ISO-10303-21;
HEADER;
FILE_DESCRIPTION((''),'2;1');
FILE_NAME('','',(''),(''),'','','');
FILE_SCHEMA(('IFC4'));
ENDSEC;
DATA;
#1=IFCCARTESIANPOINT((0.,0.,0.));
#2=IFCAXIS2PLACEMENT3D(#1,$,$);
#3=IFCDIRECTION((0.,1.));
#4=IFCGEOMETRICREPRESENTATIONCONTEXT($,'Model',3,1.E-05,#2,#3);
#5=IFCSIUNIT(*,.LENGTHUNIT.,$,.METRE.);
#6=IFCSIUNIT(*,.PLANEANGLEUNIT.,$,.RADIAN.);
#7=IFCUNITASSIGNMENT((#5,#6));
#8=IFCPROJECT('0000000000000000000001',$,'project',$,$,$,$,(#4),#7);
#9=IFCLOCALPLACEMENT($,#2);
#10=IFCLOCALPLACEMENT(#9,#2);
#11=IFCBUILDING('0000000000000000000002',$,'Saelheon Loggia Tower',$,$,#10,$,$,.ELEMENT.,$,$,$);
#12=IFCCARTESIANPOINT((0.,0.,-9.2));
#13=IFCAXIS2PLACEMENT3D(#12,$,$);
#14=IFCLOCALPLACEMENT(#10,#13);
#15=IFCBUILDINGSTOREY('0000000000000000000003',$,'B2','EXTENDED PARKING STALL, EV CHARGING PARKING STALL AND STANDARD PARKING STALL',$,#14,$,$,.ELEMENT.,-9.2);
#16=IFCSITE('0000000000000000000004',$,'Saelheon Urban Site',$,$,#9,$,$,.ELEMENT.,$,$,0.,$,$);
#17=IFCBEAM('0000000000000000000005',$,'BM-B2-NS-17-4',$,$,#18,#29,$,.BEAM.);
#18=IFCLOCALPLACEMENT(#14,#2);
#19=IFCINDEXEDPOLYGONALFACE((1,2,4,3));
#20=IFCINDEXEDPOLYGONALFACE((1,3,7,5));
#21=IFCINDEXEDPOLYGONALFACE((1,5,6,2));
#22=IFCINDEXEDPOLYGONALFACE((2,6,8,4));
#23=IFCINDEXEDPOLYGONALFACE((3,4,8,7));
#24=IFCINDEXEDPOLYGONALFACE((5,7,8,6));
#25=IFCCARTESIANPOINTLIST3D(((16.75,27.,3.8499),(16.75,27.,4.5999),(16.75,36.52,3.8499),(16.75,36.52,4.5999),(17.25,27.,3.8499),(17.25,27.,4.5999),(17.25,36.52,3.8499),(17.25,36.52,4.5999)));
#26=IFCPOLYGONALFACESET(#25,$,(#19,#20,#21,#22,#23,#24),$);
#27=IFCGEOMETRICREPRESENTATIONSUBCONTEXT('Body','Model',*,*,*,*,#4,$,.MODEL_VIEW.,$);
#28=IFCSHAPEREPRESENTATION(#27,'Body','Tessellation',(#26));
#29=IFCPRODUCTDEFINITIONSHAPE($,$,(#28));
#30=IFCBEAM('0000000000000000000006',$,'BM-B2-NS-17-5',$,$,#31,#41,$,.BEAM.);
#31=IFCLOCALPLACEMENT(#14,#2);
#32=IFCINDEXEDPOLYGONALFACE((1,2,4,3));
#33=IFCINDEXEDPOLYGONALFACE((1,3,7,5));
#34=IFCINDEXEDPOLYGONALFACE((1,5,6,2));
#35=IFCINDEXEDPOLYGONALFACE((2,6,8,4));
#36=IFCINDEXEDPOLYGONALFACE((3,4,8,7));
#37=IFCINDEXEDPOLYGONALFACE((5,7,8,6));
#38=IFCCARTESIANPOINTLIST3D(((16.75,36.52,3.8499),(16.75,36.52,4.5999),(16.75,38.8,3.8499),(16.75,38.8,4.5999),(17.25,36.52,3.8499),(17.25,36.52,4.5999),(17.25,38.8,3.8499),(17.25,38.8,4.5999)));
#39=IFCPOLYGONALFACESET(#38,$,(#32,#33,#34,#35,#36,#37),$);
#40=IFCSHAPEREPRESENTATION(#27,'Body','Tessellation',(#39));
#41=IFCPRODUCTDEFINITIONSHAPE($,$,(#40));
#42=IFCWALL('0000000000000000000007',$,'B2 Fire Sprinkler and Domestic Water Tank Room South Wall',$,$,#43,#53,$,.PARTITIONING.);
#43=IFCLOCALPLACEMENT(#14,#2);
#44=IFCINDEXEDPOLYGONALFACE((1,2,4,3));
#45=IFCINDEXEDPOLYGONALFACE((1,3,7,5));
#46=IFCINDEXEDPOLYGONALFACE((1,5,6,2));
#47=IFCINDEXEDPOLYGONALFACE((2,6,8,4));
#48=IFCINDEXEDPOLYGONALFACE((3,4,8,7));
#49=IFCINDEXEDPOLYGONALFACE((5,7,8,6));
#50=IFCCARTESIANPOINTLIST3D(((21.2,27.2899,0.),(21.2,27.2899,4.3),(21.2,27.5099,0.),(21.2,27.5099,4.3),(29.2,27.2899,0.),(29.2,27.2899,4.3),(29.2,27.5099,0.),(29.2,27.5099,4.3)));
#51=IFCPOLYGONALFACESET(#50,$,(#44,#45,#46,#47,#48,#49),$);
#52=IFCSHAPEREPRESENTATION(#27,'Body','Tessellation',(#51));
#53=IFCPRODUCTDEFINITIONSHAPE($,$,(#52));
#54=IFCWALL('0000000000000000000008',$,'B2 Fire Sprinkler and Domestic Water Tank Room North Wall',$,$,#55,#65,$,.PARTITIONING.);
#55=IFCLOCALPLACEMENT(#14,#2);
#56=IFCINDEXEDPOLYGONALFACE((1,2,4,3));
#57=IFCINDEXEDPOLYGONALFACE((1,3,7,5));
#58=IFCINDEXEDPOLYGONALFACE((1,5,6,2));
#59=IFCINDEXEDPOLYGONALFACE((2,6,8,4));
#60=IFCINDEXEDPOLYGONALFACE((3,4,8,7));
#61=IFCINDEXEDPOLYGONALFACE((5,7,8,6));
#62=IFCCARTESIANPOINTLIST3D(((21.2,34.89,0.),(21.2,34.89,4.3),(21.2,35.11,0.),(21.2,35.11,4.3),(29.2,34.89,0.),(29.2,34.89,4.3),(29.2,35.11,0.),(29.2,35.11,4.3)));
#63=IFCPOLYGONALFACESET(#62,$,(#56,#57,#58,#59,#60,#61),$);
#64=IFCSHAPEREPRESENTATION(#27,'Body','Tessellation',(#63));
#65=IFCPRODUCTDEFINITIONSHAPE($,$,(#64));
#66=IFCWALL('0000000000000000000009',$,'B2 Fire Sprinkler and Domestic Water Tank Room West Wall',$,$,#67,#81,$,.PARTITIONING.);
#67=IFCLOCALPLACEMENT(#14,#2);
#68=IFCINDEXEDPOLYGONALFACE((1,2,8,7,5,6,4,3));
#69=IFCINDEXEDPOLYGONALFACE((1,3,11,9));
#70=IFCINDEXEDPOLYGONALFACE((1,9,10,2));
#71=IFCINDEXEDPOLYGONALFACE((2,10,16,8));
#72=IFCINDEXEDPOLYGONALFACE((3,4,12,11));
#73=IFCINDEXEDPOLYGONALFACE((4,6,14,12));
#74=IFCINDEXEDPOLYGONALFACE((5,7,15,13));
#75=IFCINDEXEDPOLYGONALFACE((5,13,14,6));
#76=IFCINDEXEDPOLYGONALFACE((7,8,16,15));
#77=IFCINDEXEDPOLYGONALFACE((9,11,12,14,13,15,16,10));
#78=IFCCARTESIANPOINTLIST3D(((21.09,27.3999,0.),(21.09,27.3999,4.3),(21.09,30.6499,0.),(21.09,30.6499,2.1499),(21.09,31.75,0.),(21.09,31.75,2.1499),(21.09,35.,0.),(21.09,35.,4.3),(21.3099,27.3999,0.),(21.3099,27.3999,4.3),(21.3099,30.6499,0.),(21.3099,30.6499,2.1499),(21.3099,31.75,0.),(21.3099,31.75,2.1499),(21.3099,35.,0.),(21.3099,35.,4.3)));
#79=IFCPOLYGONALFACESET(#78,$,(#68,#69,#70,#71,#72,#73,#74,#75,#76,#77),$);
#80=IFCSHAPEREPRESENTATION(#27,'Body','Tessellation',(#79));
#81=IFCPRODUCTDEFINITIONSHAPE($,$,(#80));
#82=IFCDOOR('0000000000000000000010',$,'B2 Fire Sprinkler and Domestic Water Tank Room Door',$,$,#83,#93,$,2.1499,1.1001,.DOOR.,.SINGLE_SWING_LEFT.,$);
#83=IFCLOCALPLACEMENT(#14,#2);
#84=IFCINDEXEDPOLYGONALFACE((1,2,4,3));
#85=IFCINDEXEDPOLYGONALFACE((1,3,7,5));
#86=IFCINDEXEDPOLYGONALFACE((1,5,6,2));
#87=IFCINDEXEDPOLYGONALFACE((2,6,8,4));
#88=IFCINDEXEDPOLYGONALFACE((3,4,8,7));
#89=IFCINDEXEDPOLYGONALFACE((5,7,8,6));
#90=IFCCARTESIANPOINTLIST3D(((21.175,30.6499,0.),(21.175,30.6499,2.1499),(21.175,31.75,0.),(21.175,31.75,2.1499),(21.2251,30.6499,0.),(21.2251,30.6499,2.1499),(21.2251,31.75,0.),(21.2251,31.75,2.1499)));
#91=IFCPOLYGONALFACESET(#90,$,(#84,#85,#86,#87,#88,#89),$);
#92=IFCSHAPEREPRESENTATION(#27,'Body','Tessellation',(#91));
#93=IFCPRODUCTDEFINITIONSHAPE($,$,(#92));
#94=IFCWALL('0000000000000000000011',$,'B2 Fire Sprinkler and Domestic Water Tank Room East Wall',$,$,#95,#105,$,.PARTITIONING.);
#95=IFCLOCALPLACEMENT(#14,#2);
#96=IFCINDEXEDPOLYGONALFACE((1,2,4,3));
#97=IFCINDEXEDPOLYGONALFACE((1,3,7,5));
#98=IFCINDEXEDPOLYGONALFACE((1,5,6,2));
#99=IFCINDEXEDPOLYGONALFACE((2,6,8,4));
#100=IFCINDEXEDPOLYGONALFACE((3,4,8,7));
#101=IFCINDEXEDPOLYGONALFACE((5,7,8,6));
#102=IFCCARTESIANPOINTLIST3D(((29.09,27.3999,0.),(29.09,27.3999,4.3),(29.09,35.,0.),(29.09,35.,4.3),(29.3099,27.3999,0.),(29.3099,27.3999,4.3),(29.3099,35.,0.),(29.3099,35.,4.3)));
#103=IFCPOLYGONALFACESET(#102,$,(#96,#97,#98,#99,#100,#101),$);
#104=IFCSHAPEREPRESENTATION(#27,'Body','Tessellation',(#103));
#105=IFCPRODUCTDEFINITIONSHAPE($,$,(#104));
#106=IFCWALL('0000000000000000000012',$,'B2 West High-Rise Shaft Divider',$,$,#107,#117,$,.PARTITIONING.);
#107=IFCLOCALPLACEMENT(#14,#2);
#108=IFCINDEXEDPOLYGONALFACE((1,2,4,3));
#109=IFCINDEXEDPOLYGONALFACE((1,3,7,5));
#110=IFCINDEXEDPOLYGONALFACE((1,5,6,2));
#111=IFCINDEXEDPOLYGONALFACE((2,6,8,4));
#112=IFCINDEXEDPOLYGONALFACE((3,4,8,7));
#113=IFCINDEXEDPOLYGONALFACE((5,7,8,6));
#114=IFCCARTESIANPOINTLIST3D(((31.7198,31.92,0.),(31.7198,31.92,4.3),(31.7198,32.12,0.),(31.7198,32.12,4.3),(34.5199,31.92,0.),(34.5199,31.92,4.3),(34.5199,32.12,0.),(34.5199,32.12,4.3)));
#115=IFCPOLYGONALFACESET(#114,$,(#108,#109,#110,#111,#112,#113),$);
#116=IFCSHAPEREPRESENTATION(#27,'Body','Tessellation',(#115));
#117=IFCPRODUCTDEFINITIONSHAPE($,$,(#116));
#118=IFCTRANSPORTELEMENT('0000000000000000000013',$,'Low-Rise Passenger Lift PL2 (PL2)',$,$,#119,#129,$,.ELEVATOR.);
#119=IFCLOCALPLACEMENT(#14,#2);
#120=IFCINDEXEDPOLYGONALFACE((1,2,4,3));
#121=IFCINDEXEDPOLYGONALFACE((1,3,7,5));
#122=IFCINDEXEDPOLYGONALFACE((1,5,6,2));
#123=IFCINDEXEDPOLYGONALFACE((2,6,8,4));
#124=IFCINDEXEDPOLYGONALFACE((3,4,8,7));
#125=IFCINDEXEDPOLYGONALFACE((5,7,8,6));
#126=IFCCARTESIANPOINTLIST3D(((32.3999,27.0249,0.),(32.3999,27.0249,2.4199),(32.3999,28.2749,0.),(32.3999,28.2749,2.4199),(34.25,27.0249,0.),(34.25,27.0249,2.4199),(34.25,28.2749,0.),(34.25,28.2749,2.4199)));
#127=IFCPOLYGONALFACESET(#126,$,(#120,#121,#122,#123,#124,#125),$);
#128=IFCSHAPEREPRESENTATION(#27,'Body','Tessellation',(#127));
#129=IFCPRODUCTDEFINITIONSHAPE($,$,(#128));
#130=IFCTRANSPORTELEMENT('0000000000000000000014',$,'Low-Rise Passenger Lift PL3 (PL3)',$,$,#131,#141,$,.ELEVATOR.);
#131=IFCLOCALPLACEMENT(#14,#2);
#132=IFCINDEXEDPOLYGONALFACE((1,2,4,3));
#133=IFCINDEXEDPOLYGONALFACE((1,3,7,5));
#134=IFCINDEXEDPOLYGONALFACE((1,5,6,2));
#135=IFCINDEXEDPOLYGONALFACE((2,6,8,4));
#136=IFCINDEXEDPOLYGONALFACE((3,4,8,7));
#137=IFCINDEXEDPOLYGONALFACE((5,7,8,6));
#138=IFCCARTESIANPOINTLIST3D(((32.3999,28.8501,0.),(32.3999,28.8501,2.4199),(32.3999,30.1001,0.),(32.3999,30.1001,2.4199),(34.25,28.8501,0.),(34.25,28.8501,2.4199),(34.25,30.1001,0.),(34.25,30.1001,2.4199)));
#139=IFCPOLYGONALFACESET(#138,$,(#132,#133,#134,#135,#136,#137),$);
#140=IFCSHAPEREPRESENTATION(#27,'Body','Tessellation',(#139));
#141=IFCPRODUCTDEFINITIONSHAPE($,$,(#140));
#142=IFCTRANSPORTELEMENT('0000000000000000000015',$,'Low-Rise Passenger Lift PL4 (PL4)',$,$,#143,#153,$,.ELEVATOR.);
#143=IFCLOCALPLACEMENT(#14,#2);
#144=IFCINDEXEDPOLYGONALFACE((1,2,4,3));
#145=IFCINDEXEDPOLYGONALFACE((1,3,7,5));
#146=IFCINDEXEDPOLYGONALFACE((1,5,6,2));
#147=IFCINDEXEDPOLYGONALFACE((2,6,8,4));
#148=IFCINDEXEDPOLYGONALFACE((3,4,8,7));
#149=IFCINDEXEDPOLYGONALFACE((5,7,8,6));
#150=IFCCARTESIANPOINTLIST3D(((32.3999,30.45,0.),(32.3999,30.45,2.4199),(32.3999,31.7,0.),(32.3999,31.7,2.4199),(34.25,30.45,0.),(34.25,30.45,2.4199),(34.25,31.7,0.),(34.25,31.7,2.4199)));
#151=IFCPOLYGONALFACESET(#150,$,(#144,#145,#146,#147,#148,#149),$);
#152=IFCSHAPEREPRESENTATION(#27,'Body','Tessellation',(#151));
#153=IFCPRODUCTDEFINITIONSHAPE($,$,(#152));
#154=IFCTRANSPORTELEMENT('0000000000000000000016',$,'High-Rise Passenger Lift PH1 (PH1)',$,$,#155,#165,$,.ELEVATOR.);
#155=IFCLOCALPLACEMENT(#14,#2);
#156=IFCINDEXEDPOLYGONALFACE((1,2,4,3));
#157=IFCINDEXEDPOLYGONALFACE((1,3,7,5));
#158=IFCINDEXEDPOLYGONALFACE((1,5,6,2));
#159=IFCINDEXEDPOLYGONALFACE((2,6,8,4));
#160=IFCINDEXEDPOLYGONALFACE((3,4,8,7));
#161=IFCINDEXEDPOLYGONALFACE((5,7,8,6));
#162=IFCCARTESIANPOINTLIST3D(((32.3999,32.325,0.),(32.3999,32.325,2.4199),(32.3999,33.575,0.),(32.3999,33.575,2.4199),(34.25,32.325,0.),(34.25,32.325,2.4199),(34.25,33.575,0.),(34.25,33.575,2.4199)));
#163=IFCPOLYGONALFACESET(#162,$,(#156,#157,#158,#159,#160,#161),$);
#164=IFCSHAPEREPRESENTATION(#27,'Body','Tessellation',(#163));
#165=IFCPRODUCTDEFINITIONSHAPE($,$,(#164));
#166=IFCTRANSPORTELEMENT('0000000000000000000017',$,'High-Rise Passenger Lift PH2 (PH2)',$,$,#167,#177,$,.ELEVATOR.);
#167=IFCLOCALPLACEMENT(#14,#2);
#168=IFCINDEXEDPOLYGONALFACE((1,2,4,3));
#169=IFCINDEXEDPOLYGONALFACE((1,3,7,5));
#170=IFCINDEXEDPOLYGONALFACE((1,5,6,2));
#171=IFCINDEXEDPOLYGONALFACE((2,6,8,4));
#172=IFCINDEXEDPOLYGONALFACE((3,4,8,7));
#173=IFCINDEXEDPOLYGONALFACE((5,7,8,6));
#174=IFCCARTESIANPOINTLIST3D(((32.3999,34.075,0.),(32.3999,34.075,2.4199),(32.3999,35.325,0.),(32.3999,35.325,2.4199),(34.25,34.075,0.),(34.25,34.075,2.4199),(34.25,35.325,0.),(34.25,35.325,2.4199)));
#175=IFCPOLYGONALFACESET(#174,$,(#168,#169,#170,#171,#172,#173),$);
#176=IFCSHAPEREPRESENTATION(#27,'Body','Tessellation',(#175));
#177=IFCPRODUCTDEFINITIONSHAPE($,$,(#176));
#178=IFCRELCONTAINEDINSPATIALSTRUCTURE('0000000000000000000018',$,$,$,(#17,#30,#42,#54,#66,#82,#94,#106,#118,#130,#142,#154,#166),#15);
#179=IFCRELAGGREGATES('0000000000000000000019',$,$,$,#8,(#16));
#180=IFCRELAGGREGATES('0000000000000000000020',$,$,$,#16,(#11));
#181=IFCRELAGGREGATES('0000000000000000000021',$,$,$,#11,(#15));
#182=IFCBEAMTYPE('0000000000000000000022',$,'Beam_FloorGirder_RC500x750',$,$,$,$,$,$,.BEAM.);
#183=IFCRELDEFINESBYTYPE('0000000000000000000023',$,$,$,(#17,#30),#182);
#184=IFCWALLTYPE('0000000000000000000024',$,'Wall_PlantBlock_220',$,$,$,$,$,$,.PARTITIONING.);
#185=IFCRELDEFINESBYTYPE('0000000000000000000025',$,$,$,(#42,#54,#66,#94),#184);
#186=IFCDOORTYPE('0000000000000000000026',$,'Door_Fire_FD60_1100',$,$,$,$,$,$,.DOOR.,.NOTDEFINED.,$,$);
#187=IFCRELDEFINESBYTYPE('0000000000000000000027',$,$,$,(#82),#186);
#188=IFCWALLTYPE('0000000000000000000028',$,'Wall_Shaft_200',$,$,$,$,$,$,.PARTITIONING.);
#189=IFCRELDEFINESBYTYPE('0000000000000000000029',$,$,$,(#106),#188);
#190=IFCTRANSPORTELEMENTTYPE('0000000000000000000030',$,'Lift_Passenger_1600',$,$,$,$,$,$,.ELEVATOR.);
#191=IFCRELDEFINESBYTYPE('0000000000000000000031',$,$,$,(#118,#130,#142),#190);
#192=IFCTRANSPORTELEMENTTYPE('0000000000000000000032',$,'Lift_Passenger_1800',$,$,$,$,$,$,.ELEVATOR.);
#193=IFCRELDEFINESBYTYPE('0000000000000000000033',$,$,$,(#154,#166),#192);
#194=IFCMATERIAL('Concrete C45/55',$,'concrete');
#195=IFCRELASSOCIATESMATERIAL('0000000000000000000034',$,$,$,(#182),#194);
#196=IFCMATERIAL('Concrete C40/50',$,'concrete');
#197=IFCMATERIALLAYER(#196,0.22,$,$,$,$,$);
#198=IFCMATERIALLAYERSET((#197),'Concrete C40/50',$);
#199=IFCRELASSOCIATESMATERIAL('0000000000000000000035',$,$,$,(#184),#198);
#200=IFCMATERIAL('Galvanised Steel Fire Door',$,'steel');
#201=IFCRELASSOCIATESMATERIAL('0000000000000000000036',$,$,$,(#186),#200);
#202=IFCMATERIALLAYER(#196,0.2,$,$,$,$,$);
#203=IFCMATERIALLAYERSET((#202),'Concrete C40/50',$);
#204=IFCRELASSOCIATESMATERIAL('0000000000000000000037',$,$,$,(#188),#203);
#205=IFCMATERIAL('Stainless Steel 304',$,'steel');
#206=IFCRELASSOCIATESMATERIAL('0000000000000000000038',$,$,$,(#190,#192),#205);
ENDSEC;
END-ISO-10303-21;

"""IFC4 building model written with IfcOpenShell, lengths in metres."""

from ifc_helpers import new_model, si_unit, direction, frame, frame_2d, origin, origin_2d, place, context, subcontext, project, spatial, rectangle, extrude, source, transform, mapped, material, layer, layer_set, material_profile, profile_set, type_object, element, fill, save


model = new_model("IFC4")

# Units and contexts
model_context = context("Model", 3, precision=1e-05, world=origin(), true_north=direction((0.0, 1.0)))
body_context = subcontext(model_context, "Body", "Model", "MODEL_VIEW")
ifc_project = project(units=[si_unit("LENGTHUNIT", "METRE"), si_unit("PLANEANGLEUNIT", "RADIAN")], contexts=[model_context])

# Site, building, storey
site_placement = place(None, origin())
site = spatial("IfcSite", under=ifc_project, at=site_placement, Name="Saelheon Urban Site", CompositionType="ELEMENT", RefElevation=0.0)
building_placement = place(site_placement, origin())
building = spatial("IfcBuilding", under=site, at=building_placement, Name="Saelheon Loggia Tower", CompositionType="ELEMENT")
storey_placement = place(building_placement, frame((0.0, 0.0, -9.2)))
storey = spatial("IfcBuildingStorey", under=building, at=storey_placement, Name="B2", Description="EXTENDED PARKING STALL, EV CHARGING PARKING STALL AND STANDARD PARKING STALL", CompositionType="ELEMENT", Elevation=-9.2)

# Beams
ifc_material_1 = material(Name="Concrete C45/55", Category="concrete")
ifc_material_profile_1 = material_profile(ifc_material_1, rectangle(XDim=0.5, YDim=0.75, at=origin_2d()), Name="RC-500x750")
ifc_profile_set_1 = profile_set([ifc_material_profile_1], Name="Concrete C45/55")
beam_type_1 = type_object("IfcBeamType", Name="Beam_FloorGirder_RC500x750", PredefinedType="BEAM", material=ifc_profile_set_1)
shared_shape_1 = source(origin(), body_context, "Body", "SweptSolid", [
    extrude(rectangle(XDim=0.5, YDim=0.75, at=origin_2d()), origin(), (0.0, 0.0, 1.0), 9.52),
])
beam_1_placement = place(storey_placement, frame((17.0, 27.0, 4.2249), z_axis=(0.0, 1.0, 0.0), x_axis=(-1.0, 0.0, 0.0)))
element("IfcBeam", 1, at=beam_1_placement, inside=storey, type_object=beam_type_1, Name="BM-B2-NS-17-4", PredefinedType="BEAM", context=body_context, shape_type="MappedRepresentation", body=[
    mapped(shared_shape_1, transform((0.0, 0.0, 0.0), scale=1.0)),
])
shared_shape_2 = source(origin(), body_context, "Body", "SweptSolid", [
    extrude(rectangle(XDim=0.5, YDim=0.75, at=origin_2d()), origin(), (0.0, 0.0, 1.0), 2.28),
])
beam_2_placement = place(storey_placement, frame((17.0, 36.52, 4.2249), z_axis=(0.0, 1.0, 0.0), x_axis=(-1.0, 0.0, 0.0)))
element("IfcBeam", 2, at=beam_2_placement, inside=storey, type_object=beam_type_1, Name="BM-B2-NS-17-5", PredefinedType="BEAM", context=body_context, shape_type="MappedRepresentation", body=[
    mapped(shared_shape_2, transform((0.0, 0.0, 0.0), scale=1.0)),
])

# Walls
ifc_material_2 = material(Name="Concrete C40/50", Category="concrete")
ifc_layer_1 = layer(ifc_material_2, 0.22)
ifc_layer_set_1 = layer_set([ifc_layer_1], Name="Concrete C40/50")
wall_type_1 = type_object("IfcWallType", Name="Wall_PlantBlock_220", PredefinedType="PARTITIONING", material=ifc_layer_set_1)
for number, where, z_axis, x_axis, name in (
    (3, (21.2, 27.3999, 0.0), (0.0, 0.0, 1.0), (1.0, 0.0, 0.0), "B2 Fire Sprinkler and Domestic Water Tank Room South Wall"),
    (4, (21.2, 35.0, 0.0), (0.0, 0.0, 1.0), (1.0, 0.0, 0.0), "B2 Fire Sprinkler and Domestic Water Tank Room North Wall"),
):
    element("IfcWall", number, at=place(storey_placement, frame(where, z_axis=z_axis, x_axis=x_axis)), inside=storey, type_object=wall_type_1, Name=name, PredefinedType="PARTITIONING", context=body_context, shape_type="SweptSolid", body=[
        extrude(rectangle(XDim=8.0, YDim=0.22, at=frame_2d((4.0, 0.0))), origin(), (0.0, 0.0, 1.0), 4.3),
    ])

# Wall, opening, door
wall_1_placement = place(storey_placement, frame((21.2, 27.3999, 0.0), z_axis=(0.0, 0.0, 1.0), x_axis=(0.0, 1.0, 0.0)))
wall_1 = element("IfcWall", 5, at=wall_1_placement, inside=storey, type_object=wall_type_1, Name="B2 Fire Sprinkler and Domestic Water Tank Room West Wall", PredefinedType="PARTITIONING", context=body_context, shape_type="SweptSolid", body=[
    extrude(rectangle(XDim=7.6001, YDim=0.22, at=frame_2d((3.8, 0.0))), origin(), (0.0, 0.0, 1.0), 4.3),
])
opening_1_placement = place(wall_1_placement, frame((3.25, 0.0, 0.0)))
opening_1 = element("IfcOpeningElement", 6, at=opening_1_placement, cuts=wall_1, PredefinedType="OPENING", context=body_context, shape_type="SweptSolid", body=[
    extrude(rectangle(XDim=1.1001, YDim=2.1499, at=frame_2d((0.55, 1.075))), frame((0.0, 0.1221, 0.0), z_axis=(0.0, -1.0, 0.0), x_axis=(1.0, 0.0, 0.0)), (0.0, 0.0, 1.0), 0.2439),
])
ifc_material_3 = material(Name="Galvanised Steel Fire Door", Category="steel")
door_type_1 = type_object("IfcDoorType", Name="Door_Fire_FD60_1100", OperationType="NOTDEFINED", PredefinedType="DOOR", material=ifc_material_3)
shared_shape_3 = source(origin(), body_context, "Body", "SweptSolid", [
    extrude(rectangle(XDim=1.1001, YDim=2.1499, at=frame_2d((0.55, 1.075))), frame((0.0, 0.0249, 0.0), z_axis=(0.0, -1.0, 0.0), x_axis=(1.0, 0.0, 0.0)), (0.0, 0.0, 1.0), 0.05),
])
door_1_placement = place(opening_1_placement, origin())
door_1 = element("IfcDoor", 7, at=door_1_placement, inside=storey, type_object=door_type_1, Name="B2 Fire Sprinkler and Domestic Water Tank Room Door", OperationType="SINGLE_SWING_LEFT", OverallHeight=2.1499, OverallWidth=1.1001, PredefinedType="DOOR", context=body_context, shape_type="MappedRepresentation", body=[
    mapped(shared_shape_3, transform((0.0, 0.0, 0.0), scale=1.0)),
])
fill(opening_1, door_1)

# Walls
wall_2_placement = place(storey_placement, frame((29.2, 27.3999, 0.0), z_axis=(0.0, 0.0, 1.0), x_axis=(0.0, 1.0, 0.0)))
element("IfcWall", 8, at=wall_2_placement, inside=storey, type_object=wall_type_1, Name="B2 Fire Sprinkler and Domestic Water Tank Room East Wall", PredefinedType="PARTITIONING", context=body_context, shape_type="SweptSolid", body=[
    extrude(rectangle(XDim=7.6001, YDim=0.22, at=frame_2d((3.8, 0.0))), origin(), (0.0, 0.0, 1.0), 4.3),
])
ifc_layer_2 = layer(ifc_material_2, 0.2)
ifc_layer_set_2 = layer_set([ifc_layer_2], Name="Concrete C40/50")
wall_type_2 = type_object("IfcWallType", Name="Wall_Shaft_200", PredefinedType="PARTITIONING", material=ifc_layer_set_2)
wall_3_placement = place(storey_placement, frame((31.72, 32.02, 0.0), z_axis=(0.0, 0.0, 1.0), x_axis=(1.0, 0.0, 0.0)))
element("IfcWall", 9, at=wall_3_placement, inside=storey, type_object=wall_type_2, Name="B2 West High-Rise Shaft Divider", PredefinedType="PARTITIONING", context=body_context, shape_type="SweptSolid", body=[
    extrude(rectangle(XDim=2.8, YDim=0.2, at=frame_2d((1.3999, 0.0))), origin(), (0.0, 0.0, 1.0), 4.3),
])

# Transport elements
ifc_material_4 = material(Name="Stainless Steel 304", Category="steel")
transport_element_type_1 = type_object("IfcTransportElementType", Name="Lift_Passenger_1600", PredefinedType="ELEVATOR", material=ifc_material_4)
shared_shape_4 = source(origin(), body_context, "Body", "SweptSolid", [
    extrude(rectangle(XDim=1.8501, YDim=1.25, at=origin_2d()), origin(), (0.0, 0.0, 1.0), 2.4199),
])
for number, where, z_axis, x_axis, name in (
    (10, (33.325, 27.6499, 0.0), (0.0, 0.0, 1.0), (1.0, 0.0, 0.0), "Low-Rise Passenger Lift PL2 (PL2)"),
    (11, (33.325, 29.4751, 0.0), (0.0, 0.0, 1.0), (1.0, 0.0, 0.0), "Low-Rise Passenger Lift PL3 (PL3)"),
    (12, (33.325, 31.075, 0.0), (0.0, 0.0, 1.0), (1.0, 0.0, 0.0), "Low-Rise Passenger Lift PL4 (PL4)"),
):
    element("IfcTransportElement", number, at=place(storey_placement, frame(where, z_axis=z_axis, x_axis=x_axis)), inside=storey, type_object=transport_element_type_1, Name=name, PredefinedType="ELEVATOR", context=body_context, shape_type="MappedRepresentation", body=[
        mapped(shared_shape_4, transform((0.0, 0.0, 0.0), scale=1.0)),
    ])
transport_element_type_2 = type_object("IfcTransportElementType", Name="Lift_Passenger_1800", PredefinedType="ELEVATOR", material=ifc_material_4)
for number, where, z_axis, x_axis, name in (
    (13, (33.325, 32.95, 0.0), (0.0, 0.0, 1.0), (1.0, 0.0, 0.0), "High-Rise Passenger Lift PH1 (PH1)"),
    (14, (33.325, 34.7, 0.0), (0.0, 0.0, 1.0), (1.0, 0.0, 0.0), "High-Rise Passenger Lift PH2 (PH2)"),
):
    element("IfcTransportElement", number, at=place(storey_placement, frame(where, z_axis=z_axis, x_axis=x_axis)), inside=storey, type_object=transport_element_type_2, Name=name, PredefinedType="ELEVATOR", context=body_context, shape_type="MappedRepresentation", body=[
        mapped(shared_shape_4, transform((0.0, 0.0, 0.0), scale=1.0)),
    ])

save(model, "model.ifc")
